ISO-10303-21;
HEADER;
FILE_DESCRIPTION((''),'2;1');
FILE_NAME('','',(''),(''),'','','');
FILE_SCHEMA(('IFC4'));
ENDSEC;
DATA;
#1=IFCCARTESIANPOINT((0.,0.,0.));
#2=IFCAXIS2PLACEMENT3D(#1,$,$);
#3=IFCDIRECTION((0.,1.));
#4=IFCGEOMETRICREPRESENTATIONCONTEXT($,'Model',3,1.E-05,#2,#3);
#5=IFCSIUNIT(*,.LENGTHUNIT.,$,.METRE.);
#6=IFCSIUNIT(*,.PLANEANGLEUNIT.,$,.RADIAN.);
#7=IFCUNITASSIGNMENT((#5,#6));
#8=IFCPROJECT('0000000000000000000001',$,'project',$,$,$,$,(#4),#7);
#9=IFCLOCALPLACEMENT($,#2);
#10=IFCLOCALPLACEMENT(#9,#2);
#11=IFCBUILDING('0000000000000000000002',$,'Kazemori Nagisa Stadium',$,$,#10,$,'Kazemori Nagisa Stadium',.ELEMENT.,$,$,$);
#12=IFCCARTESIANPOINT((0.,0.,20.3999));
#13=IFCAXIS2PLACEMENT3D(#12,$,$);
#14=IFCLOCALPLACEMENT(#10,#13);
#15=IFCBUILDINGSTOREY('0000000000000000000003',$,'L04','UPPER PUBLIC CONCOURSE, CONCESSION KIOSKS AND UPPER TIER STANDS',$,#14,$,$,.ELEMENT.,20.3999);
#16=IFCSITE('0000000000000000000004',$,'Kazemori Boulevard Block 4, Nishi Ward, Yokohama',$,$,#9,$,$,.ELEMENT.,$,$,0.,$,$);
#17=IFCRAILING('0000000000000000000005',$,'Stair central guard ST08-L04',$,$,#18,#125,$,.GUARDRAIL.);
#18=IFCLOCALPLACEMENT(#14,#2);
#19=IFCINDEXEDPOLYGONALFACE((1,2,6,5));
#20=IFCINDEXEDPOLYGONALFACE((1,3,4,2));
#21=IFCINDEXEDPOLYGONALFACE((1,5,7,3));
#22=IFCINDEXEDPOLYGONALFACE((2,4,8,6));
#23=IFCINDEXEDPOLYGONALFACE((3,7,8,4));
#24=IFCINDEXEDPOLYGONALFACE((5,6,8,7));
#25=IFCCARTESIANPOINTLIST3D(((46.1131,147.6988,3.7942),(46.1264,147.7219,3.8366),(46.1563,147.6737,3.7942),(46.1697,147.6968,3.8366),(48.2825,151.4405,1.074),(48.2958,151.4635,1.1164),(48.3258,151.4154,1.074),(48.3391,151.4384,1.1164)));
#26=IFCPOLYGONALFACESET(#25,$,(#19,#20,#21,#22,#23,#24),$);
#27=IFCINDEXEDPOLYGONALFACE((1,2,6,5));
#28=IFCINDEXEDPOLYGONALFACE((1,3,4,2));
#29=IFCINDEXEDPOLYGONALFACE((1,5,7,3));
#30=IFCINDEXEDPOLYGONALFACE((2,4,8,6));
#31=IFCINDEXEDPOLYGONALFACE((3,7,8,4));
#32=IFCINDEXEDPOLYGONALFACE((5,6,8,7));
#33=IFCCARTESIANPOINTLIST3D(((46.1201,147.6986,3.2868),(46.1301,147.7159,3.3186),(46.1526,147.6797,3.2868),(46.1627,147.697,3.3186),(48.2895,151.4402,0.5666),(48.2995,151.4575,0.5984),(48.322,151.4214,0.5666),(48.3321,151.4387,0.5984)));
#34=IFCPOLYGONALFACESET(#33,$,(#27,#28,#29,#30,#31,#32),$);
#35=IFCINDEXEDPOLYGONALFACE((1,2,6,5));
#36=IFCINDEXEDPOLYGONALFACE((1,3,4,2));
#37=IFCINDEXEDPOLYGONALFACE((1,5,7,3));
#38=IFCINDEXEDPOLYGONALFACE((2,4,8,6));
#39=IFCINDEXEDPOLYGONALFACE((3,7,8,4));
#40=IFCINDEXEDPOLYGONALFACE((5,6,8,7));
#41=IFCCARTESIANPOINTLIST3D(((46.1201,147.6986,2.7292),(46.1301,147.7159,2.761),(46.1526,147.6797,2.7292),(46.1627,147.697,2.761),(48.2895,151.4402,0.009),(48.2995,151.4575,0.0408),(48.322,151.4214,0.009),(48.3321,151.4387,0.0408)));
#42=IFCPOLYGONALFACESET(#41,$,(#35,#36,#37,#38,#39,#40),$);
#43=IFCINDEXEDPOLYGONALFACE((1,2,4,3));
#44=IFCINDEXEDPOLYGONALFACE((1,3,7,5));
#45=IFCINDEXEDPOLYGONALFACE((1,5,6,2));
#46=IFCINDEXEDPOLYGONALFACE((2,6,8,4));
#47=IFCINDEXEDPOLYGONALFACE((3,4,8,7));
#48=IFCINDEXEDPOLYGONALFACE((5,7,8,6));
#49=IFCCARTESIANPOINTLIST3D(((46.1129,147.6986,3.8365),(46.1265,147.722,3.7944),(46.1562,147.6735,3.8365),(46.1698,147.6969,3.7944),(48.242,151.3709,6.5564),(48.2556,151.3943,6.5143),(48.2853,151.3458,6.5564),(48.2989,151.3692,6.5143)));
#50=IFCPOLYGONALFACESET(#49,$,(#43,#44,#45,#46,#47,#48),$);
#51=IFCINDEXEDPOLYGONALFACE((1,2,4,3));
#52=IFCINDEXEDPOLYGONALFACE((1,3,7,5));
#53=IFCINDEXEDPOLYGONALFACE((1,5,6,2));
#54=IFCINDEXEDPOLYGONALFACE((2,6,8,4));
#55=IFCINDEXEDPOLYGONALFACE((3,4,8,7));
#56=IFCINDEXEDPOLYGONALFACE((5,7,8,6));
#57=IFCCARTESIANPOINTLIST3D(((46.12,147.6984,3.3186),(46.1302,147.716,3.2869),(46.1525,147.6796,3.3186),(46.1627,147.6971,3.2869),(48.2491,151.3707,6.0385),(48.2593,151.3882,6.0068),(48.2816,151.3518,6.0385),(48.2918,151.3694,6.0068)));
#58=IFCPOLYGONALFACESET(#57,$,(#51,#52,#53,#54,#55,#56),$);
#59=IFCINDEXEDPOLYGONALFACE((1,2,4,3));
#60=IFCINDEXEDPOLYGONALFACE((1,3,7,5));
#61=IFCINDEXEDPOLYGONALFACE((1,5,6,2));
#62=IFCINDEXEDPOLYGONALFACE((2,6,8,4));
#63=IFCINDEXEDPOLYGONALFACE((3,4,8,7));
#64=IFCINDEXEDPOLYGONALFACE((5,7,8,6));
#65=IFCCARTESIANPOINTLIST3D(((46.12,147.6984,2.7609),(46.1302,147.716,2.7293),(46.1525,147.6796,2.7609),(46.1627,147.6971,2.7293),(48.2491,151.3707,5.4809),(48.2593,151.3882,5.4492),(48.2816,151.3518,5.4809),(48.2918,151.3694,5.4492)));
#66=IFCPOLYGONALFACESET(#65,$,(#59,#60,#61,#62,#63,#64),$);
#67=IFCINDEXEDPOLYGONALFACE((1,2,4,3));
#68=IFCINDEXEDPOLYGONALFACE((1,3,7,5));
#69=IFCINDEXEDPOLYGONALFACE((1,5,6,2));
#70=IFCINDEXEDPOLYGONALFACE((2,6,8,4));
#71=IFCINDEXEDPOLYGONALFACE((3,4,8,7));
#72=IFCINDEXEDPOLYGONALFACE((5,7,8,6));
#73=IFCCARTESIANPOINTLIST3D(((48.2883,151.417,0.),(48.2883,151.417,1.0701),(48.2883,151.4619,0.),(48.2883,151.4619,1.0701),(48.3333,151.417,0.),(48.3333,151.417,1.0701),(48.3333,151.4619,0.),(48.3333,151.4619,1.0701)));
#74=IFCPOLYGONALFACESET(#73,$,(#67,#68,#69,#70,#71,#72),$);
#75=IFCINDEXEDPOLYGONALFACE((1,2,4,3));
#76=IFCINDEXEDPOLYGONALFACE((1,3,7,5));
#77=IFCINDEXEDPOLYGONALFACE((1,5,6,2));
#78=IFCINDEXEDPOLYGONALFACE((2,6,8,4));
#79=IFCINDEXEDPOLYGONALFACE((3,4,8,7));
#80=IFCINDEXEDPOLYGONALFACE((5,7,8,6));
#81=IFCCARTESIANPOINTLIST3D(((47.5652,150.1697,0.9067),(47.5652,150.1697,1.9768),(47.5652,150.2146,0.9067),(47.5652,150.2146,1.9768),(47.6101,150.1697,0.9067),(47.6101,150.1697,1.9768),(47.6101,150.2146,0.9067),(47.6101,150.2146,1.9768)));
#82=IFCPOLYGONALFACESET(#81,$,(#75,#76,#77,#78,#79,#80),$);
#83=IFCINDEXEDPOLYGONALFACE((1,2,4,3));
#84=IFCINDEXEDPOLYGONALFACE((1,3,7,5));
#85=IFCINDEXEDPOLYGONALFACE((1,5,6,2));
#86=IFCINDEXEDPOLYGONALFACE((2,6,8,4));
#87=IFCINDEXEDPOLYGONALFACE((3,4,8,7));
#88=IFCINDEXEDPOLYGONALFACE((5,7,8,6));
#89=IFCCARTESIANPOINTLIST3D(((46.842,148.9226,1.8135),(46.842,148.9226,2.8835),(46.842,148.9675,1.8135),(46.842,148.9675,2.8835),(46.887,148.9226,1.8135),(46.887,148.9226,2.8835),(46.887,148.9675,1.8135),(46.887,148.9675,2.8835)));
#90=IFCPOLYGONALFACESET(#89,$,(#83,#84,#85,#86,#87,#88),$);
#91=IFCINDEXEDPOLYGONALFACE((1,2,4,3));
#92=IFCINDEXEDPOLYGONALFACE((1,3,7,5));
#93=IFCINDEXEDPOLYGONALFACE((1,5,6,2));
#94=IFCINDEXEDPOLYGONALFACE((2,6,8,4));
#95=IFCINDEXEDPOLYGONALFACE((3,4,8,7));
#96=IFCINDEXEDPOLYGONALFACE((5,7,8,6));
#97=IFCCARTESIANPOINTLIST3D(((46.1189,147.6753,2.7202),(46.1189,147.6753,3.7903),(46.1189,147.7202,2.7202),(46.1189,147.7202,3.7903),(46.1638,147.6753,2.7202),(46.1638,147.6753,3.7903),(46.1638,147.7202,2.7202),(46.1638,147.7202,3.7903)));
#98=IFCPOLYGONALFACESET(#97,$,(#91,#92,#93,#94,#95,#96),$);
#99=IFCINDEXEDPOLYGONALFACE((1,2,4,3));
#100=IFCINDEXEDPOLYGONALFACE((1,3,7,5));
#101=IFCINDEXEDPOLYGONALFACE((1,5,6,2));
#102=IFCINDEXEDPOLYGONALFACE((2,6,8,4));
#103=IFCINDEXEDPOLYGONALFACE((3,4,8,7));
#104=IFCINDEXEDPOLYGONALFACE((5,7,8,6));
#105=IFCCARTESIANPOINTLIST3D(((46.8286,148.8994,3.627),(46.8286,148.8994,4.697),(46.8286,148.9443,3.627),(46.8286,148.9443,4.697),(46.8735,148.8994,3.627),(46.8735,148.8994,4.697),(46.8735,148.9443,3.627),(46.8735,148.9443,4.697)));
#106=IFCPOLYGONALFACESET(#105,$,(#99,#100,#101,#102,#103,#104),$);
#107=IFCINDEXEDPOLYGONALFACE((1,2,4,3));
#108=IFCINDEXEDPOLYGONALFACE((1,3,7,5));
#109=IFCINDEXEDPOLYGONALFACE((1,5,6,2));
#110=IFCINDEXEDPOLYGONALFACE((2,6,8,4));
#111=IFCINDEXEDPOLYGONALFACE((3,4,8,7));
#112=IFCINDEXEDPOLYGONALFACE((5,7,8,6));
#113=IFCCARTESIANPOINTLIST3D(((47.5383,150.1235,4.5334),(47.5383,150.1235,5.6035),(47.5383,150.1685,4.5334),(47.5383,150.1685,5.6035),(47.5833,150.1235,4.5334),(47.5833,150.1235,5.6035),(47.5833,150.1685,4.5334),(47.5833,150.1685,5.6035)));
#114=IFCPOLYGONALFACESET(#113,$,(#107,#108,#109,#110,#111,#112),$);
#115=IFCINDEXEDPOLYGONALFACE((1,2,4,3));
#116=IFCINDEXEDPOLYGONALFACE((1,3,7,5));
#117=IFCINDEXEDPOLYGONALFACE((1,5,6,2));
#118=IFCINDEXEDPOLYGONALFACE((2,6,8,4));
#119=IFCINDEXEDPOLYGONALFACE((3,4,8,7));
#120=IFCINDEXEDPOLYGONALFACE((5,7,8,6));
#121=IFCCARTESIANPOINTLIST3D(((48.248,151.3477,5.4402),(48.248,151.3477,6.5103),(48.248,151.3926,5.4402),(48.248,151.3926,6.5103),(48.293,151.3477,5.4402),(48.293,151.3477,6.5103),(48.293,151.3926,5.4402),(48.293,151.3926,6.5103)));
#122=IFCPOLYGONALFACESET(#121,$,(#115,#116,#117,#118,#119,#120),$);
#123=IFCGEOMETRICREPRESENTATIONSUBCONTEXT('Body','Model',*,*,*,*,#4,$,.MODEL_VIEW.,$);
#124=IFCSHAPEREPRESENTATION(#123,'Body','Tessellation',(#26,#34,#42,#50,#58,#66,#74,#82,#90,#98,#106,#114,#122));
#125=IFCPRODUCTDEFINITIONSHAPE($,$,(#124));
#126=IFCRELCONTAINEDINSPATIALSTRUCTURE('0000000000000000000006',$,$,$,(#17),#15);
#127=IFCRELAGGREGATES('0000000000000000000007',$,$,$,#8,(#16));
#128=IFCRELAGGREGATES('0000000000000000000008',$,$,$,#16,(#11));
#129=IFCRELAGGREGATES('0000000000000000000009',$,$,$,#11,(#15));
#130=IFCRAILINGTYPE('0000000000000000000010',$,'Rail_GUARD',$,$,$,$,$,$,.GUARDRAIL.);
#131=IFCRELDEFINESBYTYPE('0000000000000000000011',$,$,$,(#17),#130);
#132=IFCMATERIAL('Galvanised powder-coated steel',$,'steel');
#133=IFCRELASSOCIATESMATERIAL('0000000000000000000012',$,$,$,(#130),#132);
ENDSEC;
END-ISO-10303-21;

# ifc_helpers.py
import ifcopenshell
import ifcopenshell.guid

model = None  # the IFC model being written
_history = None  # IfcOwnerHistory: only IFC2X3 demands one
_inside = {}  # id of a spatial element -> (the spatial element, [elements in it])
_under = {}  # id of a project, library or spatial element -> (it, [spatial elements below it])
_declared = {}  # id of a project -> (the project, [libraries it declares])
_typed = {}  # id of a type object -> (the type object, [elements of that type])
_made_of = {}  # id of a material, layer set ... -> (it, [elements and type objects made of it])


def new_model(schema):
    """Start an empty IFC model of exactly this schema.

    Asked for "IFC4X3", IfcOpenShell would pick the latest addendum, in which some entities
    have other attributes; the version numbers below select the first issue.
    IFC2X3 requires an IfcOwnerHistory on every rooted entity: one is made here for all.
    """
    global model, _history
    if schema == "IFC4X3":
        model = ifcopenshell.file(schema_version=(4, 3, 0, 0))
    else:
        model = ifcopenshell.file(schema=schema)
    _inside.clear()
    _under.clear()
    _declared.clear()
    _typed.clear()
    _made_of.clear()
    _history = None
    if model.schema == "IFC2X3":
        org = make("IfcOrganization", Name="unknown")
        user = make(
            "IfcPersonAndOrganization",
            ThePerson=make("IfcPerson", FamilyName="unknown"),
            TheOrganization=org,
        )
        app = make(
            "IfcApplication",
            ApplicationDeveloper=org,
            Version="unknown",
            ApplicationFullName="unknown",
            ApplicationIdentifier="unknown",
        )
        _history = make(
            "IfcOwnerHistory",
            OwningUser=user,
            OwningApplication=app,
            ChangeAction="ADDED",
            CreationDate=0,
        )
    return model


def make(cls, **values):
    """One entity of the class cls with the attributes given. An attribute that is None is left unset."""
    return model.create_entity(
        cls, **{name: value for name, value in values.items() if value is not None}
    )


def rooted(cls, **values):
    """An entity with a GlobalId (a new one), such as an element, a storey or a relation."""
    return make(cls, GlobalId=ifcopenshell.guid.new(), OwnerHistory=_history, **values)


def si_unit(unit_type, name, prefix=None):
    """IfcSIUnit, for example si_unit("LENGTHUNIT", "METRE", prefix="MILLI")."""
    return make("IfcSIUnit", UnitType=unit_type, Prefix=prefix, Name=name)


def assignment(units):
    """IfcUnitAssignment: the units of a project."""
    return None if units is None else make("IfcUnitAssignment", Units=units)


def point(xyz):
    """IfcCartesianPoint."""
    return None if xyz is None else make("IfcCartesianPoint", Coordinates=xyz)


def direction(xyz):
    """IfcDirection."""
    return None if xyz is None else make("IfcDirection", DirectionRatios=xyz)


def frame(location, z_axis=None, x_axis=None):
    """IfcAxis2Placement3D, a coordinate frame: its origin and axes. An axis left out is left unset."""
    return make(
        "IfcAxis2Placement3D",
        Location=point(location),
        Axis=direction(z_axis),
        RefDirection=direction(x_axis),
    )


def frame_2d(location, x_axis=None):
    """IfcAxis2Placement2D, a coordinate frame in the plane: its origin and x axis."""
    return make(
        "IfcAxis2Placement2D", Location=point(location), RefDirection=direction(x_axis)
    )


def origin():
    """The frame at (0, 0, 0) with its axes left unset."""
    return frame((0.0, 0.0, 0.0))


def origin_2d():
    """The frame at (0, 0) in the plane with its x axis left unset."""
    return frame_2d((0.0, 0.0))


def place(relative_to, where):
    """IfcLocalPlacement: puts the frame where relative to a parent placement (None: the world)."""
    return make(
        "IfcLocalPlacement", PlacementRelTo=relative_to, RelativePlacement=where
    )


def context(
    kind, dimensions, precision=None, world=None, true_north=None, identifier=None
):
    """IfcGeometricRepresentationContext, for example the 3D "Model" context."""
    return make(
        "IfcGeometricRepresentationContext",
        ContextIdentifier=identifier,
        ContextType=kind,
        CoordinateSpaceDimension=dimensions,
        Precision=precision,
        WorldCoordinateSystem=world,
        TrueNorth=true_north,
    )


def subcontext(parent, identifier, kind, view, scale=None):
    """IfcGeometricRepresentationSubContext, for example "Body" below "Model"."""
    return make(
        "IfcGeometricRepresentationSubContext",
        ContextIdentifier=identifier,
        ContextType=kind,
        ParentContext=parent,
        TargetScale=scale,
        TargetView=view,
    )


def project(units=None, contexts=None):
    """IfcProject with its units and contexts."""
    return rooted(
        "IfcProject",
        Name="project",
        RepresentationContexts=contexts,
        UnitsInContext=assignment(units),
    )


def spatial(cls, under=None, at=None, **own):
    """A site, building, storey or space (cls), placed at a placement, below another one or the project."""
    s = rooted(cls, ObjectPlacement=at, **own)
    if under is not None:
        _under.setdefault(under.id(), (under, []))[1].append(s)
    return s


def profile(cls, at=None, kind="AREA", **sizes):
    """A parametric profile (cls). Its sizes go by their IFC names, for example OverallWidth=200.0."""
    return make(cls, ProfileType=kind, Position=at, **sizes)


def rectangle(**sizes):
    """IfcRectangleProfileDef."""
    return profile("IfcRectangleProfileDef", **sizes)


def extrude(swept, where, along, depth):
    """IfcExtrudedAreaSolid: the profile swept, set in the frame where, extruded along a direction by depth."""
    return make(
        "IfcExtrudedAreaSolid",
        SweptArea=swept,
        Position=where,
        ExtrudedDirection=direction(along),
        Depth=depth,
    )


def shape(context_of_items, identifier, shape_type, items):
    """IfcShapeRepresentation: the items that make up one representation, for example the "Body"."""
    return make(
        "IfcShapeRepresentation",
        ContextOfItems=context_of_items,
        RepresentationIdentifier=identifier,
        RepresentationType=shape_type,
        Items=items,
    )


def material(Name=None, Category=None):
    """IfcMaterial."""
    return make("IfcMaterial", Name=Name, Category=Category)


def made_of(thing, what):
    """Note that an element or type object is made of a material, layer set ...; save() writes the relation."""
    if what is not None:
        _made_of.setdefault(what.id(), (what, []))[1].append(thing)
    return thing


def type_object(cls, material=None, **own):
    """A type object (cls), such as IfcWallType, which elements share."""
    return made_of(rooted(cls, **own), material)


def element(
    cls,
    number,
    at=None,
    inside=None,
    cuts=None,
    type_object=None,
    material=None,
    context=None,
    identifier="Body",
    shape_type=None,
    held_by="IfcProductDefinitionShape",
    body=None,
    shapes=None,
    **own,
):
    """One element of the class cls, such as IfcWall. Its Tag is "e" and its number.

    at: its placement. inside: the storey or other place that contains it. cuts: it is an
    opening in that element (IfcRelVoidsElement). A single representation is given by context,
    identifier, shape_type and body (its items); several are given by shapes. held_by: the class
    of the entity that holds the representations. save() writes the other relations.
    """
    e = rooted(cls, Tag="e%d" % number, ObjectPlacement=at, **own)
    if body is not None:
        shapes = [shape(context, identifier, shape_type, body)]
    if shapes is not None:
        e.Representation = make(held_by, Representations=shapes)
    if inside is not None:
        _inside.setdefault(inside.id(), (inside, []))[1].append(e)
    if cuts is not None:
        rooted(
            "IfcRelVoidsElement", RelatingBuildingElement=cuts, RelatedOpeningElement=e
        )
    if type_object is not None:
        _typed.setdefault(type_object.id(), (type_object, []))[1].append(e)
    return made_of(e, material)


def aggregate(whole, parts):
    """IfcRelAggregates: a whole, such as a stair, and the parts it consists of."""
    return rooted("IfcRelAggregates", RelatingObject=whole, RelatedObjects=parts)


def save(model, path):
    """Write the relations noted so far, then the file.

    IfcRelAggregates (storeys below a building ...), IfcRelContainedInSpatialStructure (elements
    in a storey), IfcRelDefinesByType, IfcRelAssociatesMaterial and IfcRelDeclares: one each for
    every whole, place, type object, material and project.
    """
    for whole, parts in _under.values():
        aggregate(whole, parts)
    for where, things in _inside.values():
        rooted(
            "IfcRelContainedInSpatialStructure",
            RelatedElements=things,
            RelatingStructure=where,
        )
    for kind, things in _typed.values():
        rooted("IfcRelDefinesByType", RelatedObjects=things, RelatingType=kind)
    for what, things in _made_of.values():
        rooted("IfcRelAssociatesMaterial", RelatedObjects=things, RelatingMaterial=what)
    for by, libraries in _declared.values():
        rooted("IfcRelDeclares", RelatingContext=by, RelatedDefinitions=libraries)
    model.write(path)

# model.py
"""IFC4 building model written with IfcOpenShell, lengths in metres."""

from ifc_helpers import new_model, si_unit, direction, frame, origin, origin_2d, place, context, subcontext, project, spatial, rectangle, extrude, material, type_object, element, save


model = new_model("IFC4")

# Units and contexts
model_context = context("Model", 3, precision=1e-05, world=origin(), true_north=direction((0.0, 1.0)))
body_context = subcontext(model_context, "Body", "Model", "MODEL_VIEW")
ifc_project = project(units=[si_unit("LENGTHUNIT", "METRE"), si_unit("PLANEANGLEUNIT", "RADIAN")], contexts=[model_context])

# Site, building, storey
site_placement = place(None, origin())
site = spatial("IfcSite", under=ifc_project, at=site_placement, Name="Kazemori Boulevard Block 4, Nishi Ward, Yokohama", CompositionType="ELEMENT", RefElevation=0.0)
building_placement = place(site_placement, origin())
building = spatial("IfcBuilding", under=site, at=building_placement, Name="Kazemori Nagisa Stadium", LongName="Kazemori Nagisa Stadium", CompositionType="ELEMENT")
storey_placement = place(building_placement, frame((0.0, 0.0, 20.3999)))
storey = spatial("IfcBuildingStorey", under=building, at=storey_placement, Name="L04", Description="UPPER PUBLIC CONCOURSE, CONCESSION KIOSKS AND UPPER TIER STANDS", CompositionType="ELEMENT", Elevation=20.3999)

# Railing
ifc_material_1 = material(Name="Galvanised powder-coated steel", Category="steel")
railing_type_1 = type_object("IfcRailingType", Name="Rail_GUARD", PredefinedType="GUARDRAIL", material=ifc_material_1)
railing_1_placement = place(storey_placement, frame((48.3108, 151.4395, 0.0)))
element("IfcRailing", 1, at=railing_1_placement, inside=storey, type_object=railing_type_1, Name="Stair central guard ST08-L04", PredefinedType="GUARDRAIL", context=body_context, shape_type="SweptSolid", body=[
    extrude(rectangle(XDim=0.05, YDim=0.05, at=origin_2d()), frame((0.0, 0.0, 1.0952), z_axis=(-0.424594, -0.732312, 0.532391), x_axis=(0.865107, -0.501588, 0.0)), (0.0, 0.0, 1.0), 5.1094),
    extrude(rectangle(XDim=0.0376, YDim=0.0376, at=origin_2d()), frame((0.0, 0.0, 0.5825), z_axis=(-0.424594, -0.732312, 0.532391), x_axis=(0.865107, -0.501588, 0.0)), (0.0, 0.0, 1.0), 5.1094),
    extrude(rectangle(XDim=0.0376, YDim=0.0376, at=origin_2d()), frame((0.0, 0.0, 0.0249), z_axis=(-0.424594, -0.732312, 0.532391), x_axis=(0.865107, -0.501588, 0.0)), (0.0, 0.0, 1.0), 5.1094),
    extrude(rectangle(XDim=0.05, YDim=0.05, at=origin_2d()), frame((-2.1694, -3.7417, 3.8154), z_axis=(0.422316, 0.728412, 0.539505), x_axis=(-0.865115, 0.501573, 0.0)), (0.0, 0.0, 1.0), 5.0415),
    extrude(rectangle(XDim=0.0376, YDim=0.0376, at=origin_2d()), frame((-2.1694, -3.7417, 3.3027), z_axis=(0.422316, 0.728412, 0.539505), x_axis=(-0.865115, 0.501573, 0.0)), (0.0, 0.0, 1.0), 5.0415),
    extrude(rectangle(XDim=0.0376, YDim=0.0376, at=origin_2d()), frame((-2.1694, -3.7417, 2.7451), z_axis=(0.422316, 0.728412, 0.539505), x_axis=(-0.865115, 0.501573, 0.0)), (0.0, 0.0, 1.0), 5.0415),
    extrude(rectangle(XDim=0.0449, YDim=0.0449, at=origin_2d()), origin(), (0.0, 0.0, 1.0), 1.0701),
    extrude(rectangle(XDim=0.0449, YDim=0.0449, at=origin_2d()), frame((-0.7231, -1.2473, 0.9067)), (0.0, 0.0, 1.0), 1.0701),
    extrude(rectangle(XDim=0.0449, YDim=0.0449, at=origin_2d()), frame((-1.4463, -2.4944, 1.8135)), (0.0, 0.0, 1.0), 1.0701),
    extrude(rectangle(XDim=0.0449, YDim=0.0449, at=origin_2d()), frame((-2.1694, -3.7417, 2.7202)), (0.0, 0.0, 1.0), 1.0701),
    extrude(rectangle(XDim=0.0449, YDim=0.0449, at=origin_2d()), frame((-1.4597, -2.5176, 3.627)), (0.0, 0.0, 1.0), 1.0701),
    extrude(rectangle(XDim=0.0449, YDim=0.0449, at=origin_2d()), frame((-0.75, -1.2935, 4.5334)), (0.0, 0.0, 1.0), 1.0701),
    extrude(rectangle(XDim=0.0449, YDim=0.0449, at=origin_2d()), frame((-0.0403, -0.0693, 5.4402)), (0.0, 0.0, 1.0), 1.0701),
])

save(model, "model.ifc")
